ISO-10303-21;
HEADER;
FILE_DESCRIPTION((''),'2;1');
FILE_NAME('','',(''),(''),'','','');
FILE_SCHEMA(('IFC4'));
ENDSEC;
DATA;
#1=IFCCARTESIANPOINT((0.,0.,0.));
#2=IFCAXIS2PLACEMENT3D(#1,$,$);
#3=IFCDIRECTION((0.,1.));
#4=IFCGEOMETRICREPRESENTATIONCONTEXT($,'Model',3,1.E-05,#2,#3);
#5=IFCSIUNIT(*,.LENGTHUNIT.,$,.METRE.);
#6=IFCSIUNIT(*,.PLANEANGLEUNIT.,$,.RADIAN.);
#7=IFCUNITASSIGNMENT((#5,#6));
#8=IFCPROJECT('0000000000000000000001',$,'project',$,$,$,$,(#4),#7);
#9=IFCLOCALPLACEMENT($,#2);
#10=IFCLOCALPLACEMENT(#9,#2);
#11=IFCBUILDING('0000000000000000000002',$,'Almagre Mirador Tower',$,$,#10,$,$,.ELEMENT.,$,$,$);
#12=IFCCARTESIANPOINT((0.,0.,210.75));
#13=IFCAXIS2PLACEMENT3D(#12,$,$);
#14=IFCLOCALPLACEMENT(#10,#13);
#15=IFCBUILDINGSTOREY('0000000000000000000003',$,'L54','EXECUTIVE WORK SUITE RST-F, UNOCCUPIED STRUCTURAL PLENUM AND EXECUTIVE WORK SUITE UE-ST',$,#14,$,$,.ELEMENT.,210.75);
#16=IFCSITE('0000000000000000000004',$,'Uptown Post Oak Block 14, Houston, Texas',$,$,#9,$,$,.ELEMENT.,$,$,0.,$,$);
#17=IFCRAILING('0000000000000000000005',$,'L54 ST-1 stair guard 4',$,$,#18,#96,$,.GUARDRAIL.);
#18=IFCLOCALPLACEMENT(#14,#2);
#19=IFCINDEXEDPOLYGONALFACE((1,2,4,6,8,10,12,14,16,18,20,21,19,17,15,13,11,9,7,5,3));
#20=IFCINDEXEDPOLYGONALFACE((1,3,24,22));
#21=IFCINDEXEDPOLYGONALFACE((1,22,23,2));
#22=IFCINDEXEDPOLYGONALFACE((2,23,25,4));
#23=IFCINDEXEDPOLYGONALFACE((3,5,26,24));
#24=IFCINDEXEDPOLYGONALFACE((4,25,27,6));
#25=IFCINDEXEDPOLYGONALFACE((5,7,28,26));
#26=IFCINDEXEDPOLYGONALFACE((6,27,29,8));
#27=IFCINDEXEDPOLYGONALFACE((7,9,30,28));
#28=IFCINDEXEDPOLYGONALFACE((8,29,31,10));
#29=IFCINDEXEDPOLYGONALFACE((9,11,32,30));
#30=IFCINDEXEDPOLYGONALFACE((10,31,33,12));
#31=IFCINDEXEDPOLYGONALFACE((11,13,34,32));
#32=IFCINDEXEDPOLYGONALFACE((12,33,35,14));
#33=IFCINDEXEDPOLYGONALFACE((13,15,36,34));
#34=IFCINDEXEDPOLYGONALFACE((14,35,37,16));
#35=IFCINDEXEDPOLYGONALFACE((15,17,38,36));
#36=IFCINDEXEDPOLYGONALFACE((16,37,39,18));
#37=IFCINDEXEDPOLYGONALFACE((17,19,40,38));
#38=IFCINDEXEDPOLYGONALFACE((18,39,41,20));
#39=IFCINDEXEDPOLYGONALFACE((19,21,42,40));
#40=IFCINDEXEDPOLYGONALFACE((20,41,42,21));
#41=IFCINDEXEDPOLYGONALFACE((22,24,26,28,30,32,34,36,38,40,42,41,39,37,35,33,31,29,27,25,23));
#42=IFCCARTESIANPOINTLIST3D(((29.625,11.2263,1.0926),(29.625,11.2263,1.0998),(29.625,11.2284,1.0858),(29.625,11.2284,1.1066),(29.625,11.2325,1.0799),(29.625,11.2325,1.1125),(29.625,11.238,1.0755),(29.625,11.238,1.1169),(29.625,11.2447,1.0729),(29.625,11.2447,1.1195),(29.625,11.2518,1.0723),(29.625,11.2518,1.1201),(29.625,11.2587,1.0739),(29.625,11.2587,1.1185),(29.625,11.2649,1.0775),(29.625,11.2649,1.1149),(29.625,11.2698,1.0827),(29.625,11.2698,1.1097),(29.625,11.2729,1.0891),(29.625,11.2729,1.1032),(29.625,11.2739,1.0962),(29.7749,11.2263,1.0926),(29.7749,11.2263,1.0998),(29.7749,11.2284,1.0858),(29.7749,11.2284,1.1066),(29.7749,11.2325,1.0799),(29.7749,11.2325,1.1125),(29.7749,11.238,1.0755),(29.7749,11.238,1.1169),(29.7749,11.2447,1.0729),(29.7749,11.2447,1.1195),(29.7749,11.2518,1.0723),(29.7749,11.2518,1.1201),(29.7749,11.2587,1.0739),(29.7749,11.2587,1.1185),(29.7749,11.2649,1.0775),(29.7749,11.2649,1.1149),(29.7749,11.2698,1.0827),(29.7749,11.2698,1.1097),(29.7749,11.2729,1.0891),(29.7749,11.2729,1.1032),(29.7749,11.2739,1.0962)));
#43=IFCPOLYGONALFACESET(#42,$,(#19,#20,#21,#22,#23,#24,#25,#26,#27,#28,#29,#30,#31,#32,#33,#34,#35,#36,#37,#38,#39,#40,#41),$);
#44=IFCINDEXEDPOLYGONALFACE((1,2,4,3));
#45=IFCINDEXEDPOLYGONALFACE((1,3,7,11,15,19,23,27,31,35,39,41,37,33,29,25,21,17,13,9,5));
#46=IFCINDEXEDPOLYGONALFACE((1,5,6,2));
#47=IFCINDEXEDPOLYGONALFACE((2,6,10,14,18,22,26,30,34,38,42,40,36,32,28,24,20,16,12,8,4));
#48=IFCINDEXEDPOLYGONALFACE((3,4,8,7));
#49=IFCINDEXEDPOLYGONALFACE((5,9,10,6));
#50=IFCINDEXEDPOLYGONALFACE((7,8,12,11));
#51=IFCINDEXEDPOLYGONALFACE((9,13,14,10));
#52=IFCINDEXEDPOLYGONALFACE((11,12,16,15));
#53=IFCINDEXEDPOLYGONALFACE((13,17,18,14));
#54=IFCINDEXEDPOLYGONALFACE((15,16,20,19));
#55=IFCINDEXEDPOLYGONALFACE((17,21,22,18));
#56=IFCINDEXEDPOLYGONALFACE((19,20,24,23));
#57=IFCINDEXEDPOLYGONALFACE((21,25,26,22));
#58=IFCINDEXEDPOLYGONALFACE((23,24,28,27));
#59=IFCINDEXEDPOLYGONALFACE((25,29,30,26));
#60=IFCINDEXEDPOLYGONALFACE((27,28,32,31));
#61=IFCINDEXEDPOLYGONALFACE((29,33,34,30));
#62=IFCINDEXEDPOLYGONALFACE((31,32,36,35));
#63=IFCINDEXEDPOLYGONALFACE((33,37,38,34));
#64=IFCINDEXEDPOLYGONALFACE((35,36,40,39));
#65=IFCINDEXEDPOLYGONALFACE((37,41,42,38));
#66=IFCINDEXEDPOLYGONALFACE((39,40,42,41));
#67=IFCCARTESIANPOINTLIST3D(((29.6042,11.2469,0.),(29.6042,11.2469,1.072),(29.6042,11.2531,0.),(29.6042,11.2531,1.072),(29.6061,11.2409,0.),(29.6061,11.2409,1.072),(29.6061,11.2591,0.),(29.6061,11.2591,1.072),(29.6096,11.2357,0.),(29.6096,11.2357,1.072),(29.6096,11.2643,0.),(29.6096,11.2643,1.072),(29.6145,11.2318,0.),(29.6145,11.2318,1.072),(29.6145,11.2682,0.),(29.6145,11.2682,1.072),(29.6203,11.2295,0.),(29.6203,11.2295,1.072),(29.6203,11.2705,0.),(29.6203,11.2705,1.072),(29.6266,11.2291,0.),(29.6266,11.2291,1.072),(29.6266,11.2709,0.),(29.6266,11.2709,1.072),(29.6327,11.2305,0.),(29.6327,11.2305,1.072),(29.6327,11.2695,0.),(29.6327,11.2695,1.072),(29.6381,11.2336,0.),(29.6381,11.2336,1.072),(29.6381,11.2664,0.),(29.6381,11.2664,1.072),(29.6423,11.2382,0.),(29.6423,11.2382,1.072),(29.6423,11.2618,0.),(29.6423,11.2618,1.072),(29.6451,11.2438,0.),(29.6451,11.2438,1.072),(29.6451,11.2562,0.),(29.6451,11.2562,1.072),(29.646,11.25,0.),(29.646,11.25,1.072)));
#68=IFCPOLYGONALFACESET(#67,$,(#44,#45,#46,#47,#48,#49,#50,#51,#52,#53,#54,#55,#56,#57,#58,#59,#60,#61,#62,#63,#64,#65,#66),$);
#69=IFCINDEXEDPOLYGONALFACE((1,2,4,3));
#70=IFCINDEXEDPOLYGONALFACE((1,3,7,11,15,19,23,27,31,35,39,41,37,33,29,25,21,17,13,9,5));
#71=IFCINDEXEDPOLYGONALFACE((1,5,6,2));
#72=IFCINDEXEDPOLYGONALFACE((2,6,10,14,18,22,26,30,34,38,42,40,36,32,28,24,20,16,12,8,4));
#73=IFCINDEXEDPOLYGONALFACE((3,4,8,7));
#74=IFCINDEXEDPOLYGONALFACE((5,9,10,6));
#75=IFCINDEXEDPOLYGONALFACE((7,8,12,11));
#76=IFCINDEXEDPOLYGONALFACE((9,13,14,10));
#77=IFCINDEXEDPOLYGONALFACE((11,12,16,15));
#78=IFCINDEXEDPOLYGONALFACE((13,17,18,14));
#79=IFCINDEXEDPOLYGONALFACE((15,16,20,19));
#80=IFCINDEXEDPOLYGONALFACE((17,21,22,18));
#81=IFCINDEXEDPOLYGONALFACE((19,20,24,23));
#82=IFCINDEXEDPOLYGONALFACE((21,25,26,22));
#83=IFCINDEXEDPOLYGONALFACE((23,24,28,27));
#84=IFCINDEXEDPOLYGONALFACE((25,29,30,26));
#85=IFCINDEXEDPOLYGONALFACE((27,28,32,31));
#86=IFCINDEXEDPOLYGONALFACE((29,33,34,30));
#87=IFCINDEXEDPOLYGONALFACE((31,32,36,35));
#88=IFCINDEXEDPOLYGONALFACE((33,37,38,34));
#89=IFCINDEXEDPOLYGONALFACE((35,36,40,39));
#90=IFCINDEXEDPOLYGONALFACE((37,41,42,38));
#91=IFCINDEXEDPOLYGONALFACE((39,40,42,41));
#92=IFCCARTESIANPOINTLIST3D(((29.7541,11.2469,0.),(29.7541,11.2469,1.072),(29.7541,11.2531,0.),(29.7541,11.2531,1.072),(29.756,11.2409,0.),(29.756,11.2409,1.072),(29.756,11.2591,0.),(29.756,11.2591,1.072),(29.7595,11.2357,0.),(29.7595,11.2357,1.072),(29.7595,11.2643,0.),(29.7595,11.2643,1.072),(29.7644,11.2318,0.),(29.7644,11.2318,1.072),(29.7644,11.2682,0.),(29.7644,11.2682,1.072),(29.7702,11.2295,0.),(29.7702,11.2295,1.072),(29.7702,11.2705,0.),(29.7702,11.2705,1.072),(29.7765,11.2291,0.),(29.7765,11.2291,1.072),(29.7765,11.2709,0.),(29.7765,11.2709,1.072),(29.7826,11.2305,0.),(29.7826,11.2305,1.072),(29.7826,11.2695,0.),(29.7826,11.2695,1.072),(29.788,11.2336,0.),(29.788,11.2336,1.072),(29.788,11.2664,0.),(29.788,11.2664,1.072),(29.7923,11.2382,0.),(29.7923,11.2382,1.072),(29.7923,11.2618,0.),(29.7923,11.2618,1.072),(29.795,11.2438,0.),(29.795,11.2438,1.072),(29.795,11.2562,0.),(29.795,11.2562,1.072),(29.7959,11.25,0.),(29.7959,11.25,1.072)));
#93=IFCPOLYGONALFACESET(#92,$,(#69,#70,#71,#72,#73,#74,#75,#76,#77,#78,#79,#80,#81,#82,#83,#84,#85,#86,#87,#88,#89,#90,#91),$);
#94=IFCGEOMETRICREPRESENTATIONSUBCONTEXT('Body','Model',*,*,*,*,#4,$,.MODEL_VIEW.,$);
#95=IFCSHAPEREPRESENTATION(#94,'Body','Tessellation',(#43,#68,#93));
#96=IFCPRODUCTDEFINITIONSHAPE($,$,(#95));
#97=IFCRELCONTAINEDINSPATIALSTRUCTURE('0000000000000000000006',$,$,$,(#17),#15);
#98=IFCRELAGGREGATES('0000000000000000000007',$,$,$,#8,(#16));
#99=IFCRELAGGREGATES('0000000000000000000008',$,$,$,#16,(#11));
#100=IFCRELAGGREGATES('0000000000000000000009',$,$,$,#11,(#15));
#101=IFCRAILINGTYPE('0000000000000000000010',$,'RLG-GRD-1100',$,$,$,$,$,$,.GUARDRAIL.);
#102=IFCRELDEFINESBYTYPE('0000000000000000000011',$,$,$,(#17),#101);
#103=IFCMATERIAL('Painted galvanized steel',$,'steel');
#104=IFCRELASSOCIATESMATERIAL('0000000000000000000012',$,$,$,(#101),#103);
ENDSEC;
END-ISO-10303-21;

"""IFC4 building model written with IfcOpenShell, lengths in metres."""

from ifc_helpers import new_model, si_unit, direction, frame, origin, origin_2d, place, context, subcontext, project, spatial, circle, extrude, material, type_object, element, save


model = new_model("IFC4")

# Units and contexts
model_context = context("Model", 3, precision=1e-05, world=origin(), true_north=direction((0.0, 1.0)))
body_context = subcontext(model_context, "Body", "Model", "MODEL_VIEW")
ifc_project = project(units=[si_unit("LENGTHUNIT", "METRE"), si_unit("PLANEANGLEUNIT", "RADIAN")], contexts=[model_context])

# Site, building, storey
site_placement = place(None, origin())
site = spatial("IfcSite", under=ifc_project, at=site_placement, Name="Uptown Post Oak Block 14, Houston, Texas", CompositionType="ELEMENT", RefElevation=0.0)
building_placement = place(site_placement, origin())
building = spatial("IfcBuilding", under=site, at=building_placement, Name="Almagre Mirador Tower", CompositionType="ELEMENT")
storey_placement = place(building_placement, frame((0.0, 0.0, 210.75)))
storey = spatial("IfcBuildingStorey", under=building, at=storey_placement, Name="L54", Description="EXECUTIVE WORK SUITE RST-F, UNOCCUPIED STRUCTURAL PLENUM AND EXECUTIVE WORK SUITE UE-ST", CompositionType="ELEMENT", Elevation=210.75)

# Railing
ifc_material_1 = material(Name="Painted galvanized steel", Category="steel")
railing_type_1 = type_object("IfcRailingType", Name="RLG-GRD-1100", PredefinedType="GUARDRAIL", material=ifc_material_1)
railing_1_placement = place(storey_placement, frame((29.625, 11.25, 0.0)))
element("IfcRailing", 1, at=railing_1_placement, inside=storey, type_object=railing_type_1, Name="L54 ST-1 stair guard 4", PredefinedType="GUARDRAIL", context=body_context, shape_type="SweptSolid", body=[
    extrude(circle(Radius=0.0239, at=origin_2d()), frame((0.0, 0.0, 1.0962), z_axis=(1.0, 0.0, 0.0), x_axis=(0.0, 1.0, 0.0)), (0.0, 0.0, 1.0), 0.1499),
    extrude(circle(Radius=0.021, at=origin_2d()), origin(), (0.0, 0.0, 1.0), 1.072),
    extrude(circle(Radius=0.021, at=origin_2d()), frame((0.1499, 0.0, 0.0)), (0.0, 0.0, 1.0), 1.072),
])

save(model, "model.ifc")
